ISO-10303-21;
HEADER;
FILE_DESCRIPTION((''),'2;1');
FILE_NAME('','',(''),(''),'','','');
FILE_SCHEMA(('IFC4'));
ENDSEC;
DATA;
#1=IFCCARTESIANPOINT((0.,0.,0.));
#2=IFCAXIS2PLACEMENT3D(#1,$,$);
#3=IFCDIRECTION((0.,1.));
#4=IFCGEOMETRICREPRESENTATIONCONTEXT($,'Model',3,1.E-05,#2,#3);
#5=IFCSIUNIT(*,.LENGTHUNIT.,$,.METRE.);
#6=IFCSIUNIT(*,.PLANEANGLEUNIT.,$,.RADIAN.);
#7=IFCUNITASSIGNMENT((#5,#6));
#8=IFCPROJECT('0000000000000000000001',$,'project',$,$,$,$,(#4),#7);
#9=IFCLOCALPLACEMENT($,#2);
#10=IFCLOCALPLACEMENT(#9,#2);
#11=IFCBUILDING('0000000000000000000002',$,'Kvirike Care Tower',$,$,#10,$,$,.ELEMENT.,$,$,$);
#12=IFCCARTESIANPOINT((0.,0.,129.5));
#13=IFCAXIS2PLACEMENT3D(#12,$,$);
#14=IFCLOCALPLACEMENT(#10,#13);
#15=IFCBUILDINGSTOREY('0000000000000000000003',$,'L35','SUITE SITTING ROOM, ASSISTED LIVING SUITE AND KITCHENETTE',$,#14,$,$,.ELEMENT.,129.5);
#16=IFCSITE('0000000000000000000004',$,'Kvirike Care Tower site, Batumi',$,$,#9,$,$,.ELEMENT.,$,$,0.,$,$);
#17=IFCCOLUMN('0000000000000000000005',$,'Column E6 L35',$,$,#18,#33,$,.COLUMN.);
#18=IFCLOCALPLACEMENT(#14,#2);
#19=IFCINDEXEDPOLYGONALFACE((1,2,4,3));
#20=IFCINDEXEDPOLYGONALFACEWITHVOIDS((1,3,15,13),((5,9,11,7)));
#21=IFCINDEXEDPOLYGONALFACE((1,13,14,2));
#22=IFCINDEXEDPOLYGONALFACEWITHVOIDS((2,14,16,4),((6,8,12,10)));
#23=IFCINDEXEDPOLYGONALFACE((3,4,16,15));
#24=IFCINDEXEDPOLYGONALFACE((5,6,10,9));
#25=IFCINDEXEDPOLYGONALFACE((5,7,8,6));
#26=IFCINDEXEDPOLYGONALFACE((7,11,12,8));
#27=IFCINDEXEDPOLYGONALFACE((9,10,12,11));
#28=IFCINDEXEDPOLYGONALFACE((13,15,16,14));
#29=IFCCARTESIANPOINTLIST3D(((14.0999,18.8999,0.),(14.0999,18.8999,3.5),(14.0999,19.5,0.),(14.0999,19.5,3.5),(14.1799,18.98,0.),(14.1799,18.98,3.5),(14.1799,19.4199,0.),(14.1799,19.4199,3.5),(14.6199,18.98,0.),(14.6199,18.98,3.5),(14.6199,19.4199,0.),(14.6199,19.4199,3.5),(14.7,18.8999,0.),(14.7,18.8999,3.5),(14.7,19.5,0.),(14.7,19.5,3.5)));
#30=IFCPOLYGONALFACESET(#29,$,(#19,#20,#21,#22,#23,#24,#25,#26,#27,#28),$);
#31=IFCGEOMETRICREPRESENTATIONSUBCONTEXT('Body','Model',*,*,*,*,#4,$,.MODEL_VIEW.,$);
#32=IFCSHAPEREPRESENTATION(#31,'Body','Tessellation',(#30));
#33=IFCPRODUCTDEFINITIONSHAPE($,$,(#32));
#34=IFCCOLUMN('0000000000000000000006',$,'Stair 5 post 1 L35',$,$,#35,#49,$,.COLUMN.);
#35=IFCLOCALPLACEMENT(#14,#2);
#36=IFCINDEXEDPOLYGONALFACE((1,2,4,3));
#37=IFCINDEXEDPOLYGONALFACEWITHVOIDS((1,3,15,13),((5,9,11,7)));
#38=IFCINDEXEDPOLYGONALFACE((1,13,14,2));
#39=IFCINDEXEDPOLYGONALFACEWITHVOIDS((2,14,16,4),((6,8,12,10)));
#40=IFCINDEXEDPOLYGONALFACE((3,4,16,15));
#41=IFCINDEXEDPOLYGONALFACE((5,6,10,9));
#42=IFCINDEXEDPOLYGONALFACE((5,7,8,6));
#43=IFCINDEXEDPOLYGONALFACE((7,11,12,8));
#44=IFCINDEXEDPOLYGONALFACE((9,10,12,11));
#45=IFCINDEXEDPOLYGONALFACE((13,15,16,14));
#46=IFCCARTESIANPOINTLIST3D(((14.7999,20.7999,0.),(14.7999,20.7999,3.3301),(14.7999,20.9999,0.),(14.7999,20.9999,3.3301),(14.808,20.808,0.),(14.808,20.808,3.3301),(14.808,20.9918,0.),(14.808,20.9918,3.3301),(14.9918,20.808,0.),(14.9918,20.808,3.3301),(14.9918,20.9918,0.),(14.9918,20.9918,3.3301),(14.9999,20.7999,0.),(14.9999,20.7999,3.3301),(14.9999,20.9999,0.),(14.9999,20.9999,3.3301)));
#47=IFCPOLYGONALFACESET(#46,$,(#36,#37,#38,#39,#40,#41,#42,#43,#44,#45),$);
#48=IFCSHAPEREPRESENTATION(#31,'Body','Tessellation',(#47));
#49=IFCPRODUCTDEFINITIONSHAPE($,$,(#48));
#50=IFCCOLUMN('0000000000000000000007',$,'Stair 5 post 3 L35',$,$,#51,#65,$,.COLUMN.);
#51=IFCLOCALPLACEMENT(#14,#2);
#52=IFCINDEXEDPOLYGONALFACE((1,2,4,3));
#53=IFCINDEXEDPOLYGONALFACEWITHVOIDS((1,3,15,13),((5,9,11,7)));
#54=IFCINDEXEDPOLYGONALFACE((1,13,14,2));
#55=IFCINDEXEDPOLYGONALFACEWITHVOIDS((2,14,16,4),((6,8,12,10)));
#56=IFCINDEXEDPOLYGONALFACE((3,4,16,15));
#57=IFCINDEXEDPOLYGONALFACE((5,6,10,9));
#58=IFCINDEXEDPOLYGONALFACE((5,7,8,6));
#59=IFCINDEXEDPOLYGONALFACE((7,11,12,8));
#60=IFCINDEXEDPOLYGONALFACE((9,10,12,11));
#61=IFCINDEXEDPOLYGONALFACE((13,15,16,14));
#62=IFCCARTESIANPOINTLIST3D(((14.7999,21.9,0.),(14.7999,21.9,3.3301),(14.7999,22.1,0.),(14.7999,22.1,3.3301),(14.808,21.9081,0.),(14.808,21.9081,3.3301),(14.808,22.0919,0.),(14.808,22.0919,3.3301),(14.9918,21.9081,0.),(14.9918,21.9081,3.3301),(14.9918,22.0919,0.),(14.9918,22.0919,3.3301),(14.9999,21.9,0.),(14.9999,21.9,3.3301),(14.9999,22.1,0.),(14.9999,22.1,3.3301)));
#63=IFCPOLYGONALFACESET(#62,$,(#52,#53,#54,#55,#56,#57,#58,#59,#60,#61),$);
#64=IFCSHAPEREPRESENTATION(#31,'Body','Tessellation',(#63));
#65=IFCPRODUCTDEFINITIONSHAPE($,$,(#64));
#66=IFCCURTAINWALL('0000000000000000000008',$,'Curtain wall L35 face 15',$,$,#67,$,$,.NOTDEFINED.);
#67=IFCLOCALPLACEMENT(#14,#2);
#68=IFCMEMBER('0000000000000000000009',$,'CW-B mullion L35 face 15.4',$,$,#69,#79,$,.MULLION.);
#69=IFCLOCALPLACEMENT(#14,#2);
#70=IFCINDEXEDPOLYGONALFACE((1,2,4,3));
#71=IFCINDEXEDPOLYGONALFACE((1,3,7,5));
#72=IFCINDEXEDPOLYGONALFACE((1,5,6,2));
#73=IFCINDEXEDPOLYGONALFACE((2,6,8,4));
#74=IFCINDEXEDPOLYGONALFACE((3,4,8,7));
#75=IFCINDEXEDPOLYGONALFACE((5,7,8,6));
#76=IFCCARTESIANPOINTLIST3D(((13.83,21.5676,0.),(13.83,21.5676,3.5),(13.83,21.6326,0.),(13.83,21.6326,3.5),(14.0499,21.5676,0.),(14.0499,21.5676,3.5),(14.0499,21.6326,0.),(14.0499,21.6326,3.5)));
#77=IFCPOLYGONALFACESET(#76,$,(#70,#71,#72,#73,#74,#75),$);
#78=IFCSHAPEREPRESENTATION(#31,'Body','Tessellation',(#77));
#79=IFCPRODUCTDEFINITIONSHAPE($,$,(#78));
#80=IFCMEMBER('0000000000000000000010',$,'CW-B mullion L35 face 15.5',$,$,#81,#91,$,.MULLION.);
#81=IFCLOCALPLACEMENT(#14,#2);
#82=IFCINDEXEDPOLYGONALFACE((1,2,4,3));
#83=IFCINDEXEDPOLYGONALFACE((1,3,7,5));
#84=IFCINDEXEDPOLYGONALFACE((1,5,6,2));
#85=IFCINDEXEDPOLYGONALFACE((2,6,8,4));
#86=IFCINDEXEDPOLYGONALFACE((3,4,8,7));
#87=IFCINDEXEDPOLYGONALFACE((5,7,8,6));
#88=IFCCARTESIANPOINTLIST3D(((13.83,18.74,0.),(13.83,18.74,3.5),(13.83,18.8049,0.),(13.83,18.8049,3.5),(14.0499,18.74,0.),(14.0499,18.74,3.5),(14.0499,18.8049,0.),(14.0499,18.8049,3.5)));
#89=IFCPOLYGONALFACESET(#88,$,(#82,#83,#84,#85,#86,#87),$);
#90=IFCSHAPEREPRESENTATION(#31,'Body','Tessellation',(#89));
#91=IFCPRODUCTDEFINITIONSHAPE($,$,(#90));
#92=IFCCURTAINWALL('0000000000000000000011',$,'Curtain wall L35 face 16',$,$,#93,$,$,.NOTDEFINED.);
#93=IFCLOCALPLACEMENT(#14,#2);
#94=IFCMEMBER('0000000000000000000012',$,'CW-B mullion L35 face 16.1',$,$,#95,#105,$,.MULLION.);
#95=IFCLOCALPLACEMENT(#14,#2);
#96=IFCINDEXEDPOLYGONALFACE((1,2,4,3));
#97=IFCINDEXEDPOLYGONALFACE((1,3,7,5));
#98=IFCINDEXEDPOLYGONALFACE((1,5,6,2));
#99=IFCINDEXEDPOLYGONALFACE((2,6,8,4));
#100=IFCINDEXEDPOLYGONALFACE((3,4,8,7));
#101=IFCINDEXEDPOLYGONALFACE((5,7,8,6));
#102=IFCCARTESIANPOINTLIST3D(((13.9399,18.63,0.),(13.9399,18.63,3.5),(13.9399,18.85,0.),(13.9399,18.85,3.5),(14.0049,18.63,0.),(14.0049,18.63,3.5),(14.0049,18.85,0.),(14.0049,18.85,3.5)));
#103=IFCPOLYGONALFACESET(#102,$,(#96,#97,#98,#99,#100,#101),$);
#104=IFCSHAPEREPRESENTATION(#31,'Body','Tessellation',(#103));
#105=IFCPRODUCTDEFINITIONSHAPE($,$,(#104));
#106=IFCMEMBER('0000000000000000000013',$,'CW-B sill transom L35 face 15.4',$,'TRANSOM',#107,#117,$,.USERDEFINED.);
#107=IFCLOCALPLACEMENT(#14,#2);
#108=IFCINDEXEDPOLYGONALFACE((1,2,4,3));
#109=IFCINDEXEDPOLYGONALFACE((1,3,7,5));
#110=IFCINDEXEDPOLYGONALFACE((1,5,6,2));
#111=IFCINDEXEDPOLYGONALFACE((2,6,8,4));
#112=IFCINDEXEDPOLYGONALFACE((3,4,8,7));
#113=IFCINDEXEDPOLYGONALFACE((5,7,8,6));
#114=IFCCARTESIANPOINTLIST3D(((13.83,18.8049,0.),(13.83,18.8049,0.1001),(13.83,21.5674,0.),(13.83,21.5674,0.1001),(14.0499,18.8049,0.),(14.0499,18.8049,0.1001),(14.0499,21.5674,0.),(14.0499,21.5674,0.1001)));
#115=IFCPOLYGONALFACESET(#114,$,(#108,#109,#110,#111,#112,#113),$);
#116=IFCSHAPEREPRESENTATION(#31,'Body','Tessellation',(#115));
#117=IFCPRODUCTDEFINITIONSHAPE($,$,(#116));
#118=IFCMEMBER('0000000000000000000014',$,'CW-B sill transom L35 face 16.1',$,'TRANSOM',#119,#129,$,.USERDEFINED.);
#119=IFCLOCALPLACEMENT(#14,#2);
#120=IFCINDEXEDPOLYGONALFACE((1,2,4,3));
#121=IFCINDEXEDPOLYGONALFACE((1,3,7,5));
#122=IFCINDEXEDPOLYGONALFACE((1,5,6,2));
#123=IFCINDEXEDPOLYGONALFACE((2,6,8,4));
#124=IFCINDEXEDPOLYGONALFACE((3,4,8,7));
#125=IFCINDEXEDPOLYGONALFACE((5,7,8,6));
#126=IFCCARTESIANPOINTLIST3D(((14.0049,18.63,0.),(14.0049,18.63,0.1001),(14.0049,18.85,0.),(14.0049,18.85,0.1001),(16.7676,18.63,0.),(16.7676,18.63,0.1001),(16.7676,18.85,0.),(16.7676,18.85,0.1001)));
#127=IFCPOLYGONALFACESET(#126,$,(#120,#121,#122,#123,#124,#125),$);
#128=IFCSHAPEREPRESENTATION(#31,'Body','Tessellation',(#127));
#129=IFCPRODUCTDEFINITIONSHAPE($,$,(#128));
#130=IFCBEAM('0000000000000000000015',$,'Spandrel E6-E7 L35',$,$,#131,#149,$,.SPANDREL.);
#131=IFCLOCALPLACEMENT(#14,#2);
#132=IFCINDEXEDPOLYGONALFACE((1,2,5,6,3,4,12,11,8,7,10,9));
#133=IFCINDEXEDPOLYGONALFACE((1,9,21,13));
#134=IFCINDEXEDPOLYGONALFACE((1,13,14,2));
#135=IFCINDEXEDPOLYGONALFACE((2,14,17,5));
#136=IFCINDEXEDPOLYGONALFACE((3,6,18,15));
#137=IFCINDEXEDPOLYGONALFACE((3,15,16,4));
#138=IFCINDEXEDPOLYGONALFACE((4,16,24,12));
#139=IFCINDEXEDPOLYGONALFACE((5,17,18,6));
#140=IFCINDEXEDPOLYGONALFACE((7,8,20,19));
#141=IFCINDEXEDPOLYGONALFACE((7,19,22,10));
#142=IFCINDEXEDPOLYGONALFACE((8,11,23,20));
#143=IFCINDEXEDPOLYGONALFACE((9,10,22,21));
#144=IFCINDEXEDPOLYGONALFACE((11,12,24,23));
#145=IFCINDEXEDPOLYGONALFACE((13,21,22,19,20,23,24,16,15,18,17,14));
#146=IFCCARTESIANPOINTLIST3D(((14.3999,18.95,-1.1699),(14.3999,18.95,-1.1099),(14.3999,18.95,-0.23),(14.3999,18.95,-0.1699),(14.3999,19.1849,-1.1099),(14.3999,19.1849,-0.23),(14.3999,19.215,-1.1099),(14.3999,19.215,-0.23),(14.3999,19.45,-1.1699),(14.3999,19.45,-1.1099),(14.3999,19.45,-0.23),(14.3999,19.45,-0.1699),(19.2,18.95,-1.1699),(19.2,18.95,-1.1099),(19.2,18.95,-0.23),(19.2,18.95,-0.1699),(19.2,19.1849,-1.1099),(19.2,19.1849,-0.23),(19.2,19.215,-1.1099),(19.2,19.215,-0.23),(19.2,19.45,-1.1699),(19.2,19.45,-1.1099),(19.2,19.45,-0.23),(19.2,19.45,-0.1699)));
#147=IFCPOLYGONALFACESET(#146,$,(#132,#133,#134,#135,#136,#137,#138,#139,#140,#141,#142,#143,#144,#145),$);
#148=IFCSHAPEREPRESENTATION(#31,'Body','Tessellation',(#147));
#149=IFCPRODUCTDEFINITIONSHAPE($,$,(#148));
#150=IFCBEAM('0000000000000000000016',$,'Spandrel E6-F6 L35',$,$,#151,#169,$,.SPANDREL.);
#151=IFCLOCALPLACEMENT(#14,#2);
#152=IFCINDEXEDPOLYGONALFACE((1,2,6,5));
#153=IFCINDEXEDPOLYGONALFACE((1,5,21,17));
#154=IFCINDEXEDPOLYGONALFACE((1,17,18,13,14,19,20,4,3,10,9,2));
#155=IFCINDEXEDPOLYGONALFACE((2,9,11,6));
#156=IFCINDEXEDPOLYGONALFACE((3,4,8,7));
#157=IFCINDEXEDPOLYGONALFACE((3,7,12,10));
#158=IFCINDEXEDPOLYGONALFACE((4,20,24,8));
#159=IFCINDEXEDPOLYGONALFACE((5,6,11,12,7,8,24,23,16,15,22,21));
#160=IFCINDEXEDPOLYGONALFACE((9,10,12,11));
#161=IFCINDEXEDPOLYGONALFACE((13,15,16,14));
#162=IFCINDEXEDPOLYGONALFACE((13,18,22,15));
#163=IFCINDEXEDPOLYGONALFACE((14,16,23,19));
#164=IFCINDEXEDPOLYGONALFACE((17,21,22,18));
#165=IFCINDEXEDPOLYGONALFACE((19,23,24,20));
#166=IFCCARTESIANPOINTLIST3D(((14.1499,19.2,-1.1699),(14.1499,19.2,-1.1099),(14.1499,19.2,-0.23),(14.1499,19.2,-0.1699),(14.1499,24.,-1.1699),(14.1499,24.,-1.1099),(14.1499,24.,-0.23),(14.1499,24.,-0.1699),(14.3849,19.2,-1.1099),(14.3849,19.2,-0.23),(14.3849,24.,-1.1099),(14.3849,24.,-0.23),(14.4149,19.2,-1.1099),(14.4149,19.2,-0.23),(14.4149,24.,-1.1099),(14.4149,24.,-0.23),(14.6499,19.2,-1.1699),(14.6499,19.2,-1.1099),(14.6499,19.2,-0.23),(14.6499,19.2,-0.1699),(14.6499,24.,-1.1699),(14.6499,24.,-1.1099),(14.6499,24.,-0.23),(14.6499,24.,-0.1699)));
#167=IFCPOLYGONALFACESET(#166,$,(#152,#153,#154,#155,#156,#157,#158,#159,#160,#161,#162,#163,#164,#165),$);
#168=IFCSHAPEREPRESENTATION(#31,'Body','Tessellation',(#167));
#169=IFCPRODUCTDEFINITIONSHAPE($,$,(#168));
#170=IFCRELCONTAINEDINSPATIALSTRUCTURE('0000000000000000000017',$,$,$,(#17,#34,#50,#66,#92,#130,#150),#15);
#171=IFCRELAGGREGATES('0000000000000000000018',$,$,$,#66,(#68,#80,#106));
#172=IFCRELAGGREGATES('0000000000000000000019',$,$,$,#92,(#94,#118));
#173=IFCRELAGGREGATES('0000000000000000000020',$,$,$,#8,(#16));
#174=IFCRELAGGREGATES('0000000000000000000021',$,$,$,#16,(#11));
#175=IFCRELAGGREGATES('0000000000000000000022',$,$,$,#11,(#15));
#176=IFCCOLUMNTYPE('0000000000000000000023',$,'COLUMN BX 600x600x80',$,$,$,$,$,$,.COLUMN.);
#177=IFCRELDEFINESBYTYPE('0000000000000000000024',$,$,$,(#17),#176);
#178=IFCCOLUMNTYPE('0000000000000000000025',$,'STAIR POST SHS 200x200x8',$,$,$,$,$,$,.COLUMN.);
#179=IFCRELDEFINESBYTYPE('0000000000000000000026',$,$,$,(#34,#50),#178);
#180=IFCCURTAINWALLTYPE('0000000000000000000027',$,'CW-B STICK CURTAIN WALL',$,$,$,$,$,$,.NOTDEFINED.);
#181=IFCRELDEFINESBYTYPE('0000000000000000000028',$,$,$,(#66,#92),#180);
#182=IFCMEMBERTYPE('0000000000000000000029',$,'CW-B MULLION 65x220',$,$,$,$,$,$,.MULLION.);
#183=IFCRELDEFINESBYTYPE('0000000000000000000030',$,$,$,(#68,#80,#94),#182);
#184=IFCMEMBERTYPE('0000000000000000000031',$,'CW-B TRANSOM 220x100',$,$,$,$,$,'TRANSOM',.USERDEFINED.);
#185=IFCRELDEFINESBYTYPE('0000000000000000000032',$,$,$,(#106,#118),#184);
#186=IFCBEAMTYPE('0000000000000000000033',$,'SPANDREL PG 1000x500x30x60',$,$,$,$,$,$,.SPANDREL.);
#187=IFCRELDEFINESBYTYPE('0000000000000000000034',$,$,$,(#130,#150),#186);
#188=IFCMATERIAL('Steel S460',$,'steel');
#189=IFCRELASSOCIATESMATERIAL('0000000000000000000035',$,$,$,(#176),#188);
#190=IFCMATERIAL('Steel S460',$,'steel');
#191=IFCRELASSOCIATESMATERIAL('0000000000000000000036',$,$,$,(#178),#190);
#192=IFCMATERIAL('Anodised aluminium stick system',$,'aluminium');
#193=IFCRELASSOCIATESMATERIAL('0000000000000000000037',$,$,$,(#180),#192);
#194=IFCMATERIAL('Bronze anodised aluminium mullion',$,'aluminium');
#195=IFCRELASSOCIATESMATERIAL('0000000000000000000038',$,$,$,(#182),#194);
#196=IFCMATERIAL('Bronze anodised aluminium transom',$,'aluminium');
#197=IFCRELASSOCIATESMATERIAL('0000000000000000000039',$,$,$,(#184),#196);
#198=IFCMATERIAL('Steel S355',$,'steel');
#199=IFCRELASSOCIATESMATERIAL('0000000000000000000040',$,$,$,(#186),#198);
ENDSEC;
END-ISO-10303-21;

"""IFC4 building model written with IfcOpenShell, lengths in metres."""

from ifc_helpers import new_model, si_unit, direction, frame, origin, origin_2d, place, context, subcontext, project, spatial, rectangle, hollow_rectangle, i_section, extrude, material, material_profile, profile_set, type_object, element, aggregate, save


model = new_model("IFC4")

# Units and contexts
model_context = context("Model", 3, precision=1e-05, world=origin(), true_north=direction((0.0, 1.0)))
body_context = subcontext(model_context, "Body", "Model", "MODEL_VIEW")
ifc_project = project(units=[si_unit("LENGTHUNIT", "METRE"), si_unit("PLANEANGLEUNIT", "RADIAN")], contexts=[model_context])

# Site, building, storey
site_placement = place(None, origin())
site = spatial("IfcSite", under=ifc_project, at=site_placement, Name="Kvirike Care Tower site, Batumi", CompositionType="ELEMENT", RefElevation=0.0)
building_placement = place(site_placement, origin())
building = spatial("IfcBuilding", under=site, at=building_placement, Name="Kvirike Care Tower", CompositionType="ELEMENT")
storey_placement = place(building_placement, frame((0.0, 0.0, 129.5)))
storey = spatial("IfcBuildingStorey", under=building, at=storey_placement, Name="L35", Description="SUITE SITTING ROOM, ASSISTED LIVING SUITE AND KITCHENETTE", CompositionType="ELEMENT", Elevation=129.5)

# Columns
ifc_material_1 = material(Name="Steel S460", Category="steel")
ifc_material_profile_1 = material_profile(ifc_material_1, hollow_rectangle(XDim=0.6001, YDim=0.6001, WallThickness=0.0801, at=origin_2d()), Name="BX 600x600x80")
ifc_profile_set_1 = profile_set([ifc_material_profile_1], Name="Steel S460")
column_type_1 = type_object("IfcColumnType", Name="COLUMN BX 600x600x80", PredefinedType="COLUMN", material=ifc_profile_set_1)
column_placement = place(storey_placement, frame((14.3999, 19.2, 0.0), z_axis=(0.0, 0.0, 1.0), x_axis=(0.0, 1.0, 0.0)))
element("IfcColumn", 1, at=column_placement, inside=storey, type_object=column_type_1, Name="Column E6 L35", PredefinedType="COLUMN", context=body_context, shape_type="SweptSolid", body=[
    extrude(hollow_rectangle(XDim=0.6001, YDim=0.6001, WallThickness=0.0801, at=origin_2d()), origin(), (0.0, 0.0, 1.0), 3.5),
])
ifc_material_2 = material(Name="Steel S460", Category="steel")
ifc_material_profile_2 = material_profile(ifc_material_2, hollow_rectangle(XDim=0.2, YDim=0.2, WallThickness=0.0081, at=origin_2d()), Name="SHS 200x200x8")
ifc_profile_set_2 = profile_set([ifc_material_profile_2], Name="Steel S460")
column_type_2 = type_object("IfcColumnType", Name="STAIR POST SHS 200x200x8", PredefinedType="COLUMN", material=ifc_profile_set_2)
for number, where, z_axis, x_axis, name in (
    (2, (14.8999, 20.8999, 0.0), (0.0, 0.0, 1.0), (1.0, 0.0, 0.0), "Stair 5 post 1 L35"),
    (3, (14.8999, 22.0, 0.0), (0.0, 0.0, 1.0), (1.0, 0.0, 0.0), "Stair 5 post 3 L35"),
):
    element("IfcColumn", number, at=place(storey_placement, frame(where, z_axis=z_axis, x_axis=x_axis)), inside=storey, type_object=column_type_2, Name=name, PredefinedType="COLUMN", context=body_context, shape_type="SweptSolid", body=[
        extrude(hollow_rectangle(XDim=0.2, YDim=0.2, WallThickness=0.0081, at=origin_2d()), origin(), (0.0, 0.0, 1.0), 3.3301),
    ])

# Curtain wall, members
ifc_material_3 = material(Name="Anodised aluminium stick system", Category="aluminium")
curtain_wall_type = type_object("IfcCurtainWallType", Name="CW-B STICK CURTAIN WALL", PredefinedType="NOTDEFINED", material=ifc_material_3)
curtain_wall_1_placement = place(storey_placement, origin())
curtain_wall_1 = element("IfcCurtainWall", 4, at=curtain_wall_1_placement, inside=storey, type_object=curtain_wall_type, Name="Curtain wall L35 face 15", PredefinedType="NOTDEFINED")
ifc_material_4 = material(Name="Bronze anodised aluminium mullion", Category="aluminium")
ifc_material_profile_3 = material_profile(ifc_material_4, rectangle(XDim=0.0649, YDim=0.22, at=origin_2d()), Name="CW-B MULLION 65x220")
ifc_profile_set_3 = profile_set([ifc_material_profile_3], Name="Bronze anodised aluminium mullion")
member_type_1 = type_object("IfcMemberType", Name="CW-B MULLION 65x220", PredefinedType="MULLION", material=ifc_profile_set_3)
member_1_placement = place(storey_placement, frame((13.9399, 21.6001, 0.0), z_axis=(0.0, 0.0, 1.0), x_axis=(0.0, -1.0, 0.0)))
member_1 = element("IfcMember", 5, at=member_1_placement, type_object=member_type_1, Name="CW-B mullion L35 face 15.4", PredefinedType="MULLION", context=body_context, shape_type="SweptSolid", body=[
    extrude(rectangle(XDim=0.0649, YDim=0.22, at=origin_2d()), origin(), (0.0, 0.0, 1.0), 3.5),
])
member_2_placement = place(storey_placement, frame((13.9399, 18.7725, 0.0), z_axis=(0.0, 0.0, 1.0), x_axis=(0.0, -1.0, 0.0)))
member_2 = element("IfcMember", 6, at=member_2_placement, type_object=member_type_1, Name="CW-B mullion L35 face 15.5", PredefinedType="MULLION", context=body_context, shape_type="SweptSolid", body=[
    extrude(rectangle(XDim=0.0649, YDim=0.22, at=origin_2d()), origin(), (0.0, 0.0, 1.0), 3.5),
])

# Curtain wall, member
curtain_wall_2_placement = place(storey_placement, origin())
curtain_wall_2 = element("IfcCurtainWall", 7, at=curtain_wall_2_placement, inside=storey, type_object=curtain_wall_type, Name="Curtain wall L35 face 16", PredefinedType="NOTDEFINED")
member_3_placement = place(storey_placement, frame((13.9724, 18.74, 0.0), z_axis=(0.0, 0.0, 1.0), x_axis=(1.0, 0.0, 0.0)))
member_3 = element("IfcMember", 8, at=member_3_placement, type_object=member_type_1, Name="CW-B mullion L35 face 16.1", PredefinedType="MULLION", context=body_context, shape_type="SweptSolid", body=[
    extrude(rectangle(XDim=0.0649, YDim=0.22, at=origin_2d()), origin(), (0.0, 0.0, 1.0), 3.5),
])

# Members
ifc_material_5 = material(Name="Bronze anodised aluminium transom", Category="aluminium")
ifc_material_profile_4 = material_profile(ifc_material_5, rectangle(XDim=0.22, YDim=0.1001, at=origin_2d()), Name="CW-B TRANSOM 220x100")
ifc_profile_set_4 = profile_set([ifc_material_profile_4], Name="Bronze anodised aluminium transom")
member_type_2 = type_object("IfcMemberType", Name="CW-B TRANSOM 220x100", ElementType="TRANSOM", PredefinedType="USERDEFINED", material=ifc_profile_set_4)
member_4_placement = place(storey_placement, frame((13.9399, 21.5674, 0.05), z_axis=(0.0, -1.0, 0.0), x_axis=(1.0, 0.0, 0.0)))
member_4 = element("IfcMember", 9, at=member_4_placement, type_object=member_type_2, Name="CW-B sill transom L35 face 15.4", ObjectType="TRANSOM", PredefinedType="USERDEFINED", context=body_context, shape_type="SweptSolid", body=[
    extrude(rectangle(XDim=0.22, YDim=0.1001, at=origin_2d()), origin(), (0.0, 0.0, 1.0), 2.7625),
])
member_5_placement = place(storey_placement, frame((14.0049, 18.74, 0.05), z_axis=(1.0, 0.0, 0.0), x_axis=(0.0, 1.0, 0.0)))
member_5 = element("IfcMember", 10, at=member_5_placement, type_object=member_type_2, Name="CW-B sill transom L35 face 16.1", ObjectType="TRANSOM", PredefinedType="USERDEFINED", context=body_context, shape_type="SweptSolid", body=[
    extrude(rectangle(XDim=0.22, YDim=0.1001, at=origin_2d()), origin(), (0.0, 0.0, 1.0), 2.7627),
])

# Beams
ifc_material_6 = material(Name="Steel S355", Category="steel")
ifc_material_profile_5 = material_profile(ifc_material_6, i_section(OverallWidth=0.5, OverallDepth=1.0, WebThickness=0.03, FlangeThickness=0.0601, at=origin_2d()), Name="PG 1000x500x30x60")
ifc_profile_set_5 = profile_set([ifc_material_profile_5], Name="Steel S355")
beam_type_1 = type_object("IfcBeamType", Name="SPANDREL PG 1000x500x30x60", PredefinedType="SPANDREL", material=ifc_profile_set_5)
for number, where, z_axis, x_axis, name in (
    (11, (14.3999, 19.2, -0.6699), (1.0, 0.0, 0.0), (0.0, 1.0, 0.0), "Spandrel E6-E7 L35"),
    (12, (14.3999, 19.2, -0.6699), (0.0, 1.0, 0.0), (-1.0, 0.0, 0.0), "Spandrel E6-F6 L35"),
):
    element("IfcBeam", number, at=place(storey_placement, frame(where, z_axis=z_axis, x_axis=x_axis)), inside=storey, type_object=beam_type_1, Name=name, PredefinedType="SPANDREL", context=body_context, shape_type="SweptSolid", body=[
        extrude(i_section(OverallWidth=0.5, OverallDepth=1.0, WebThickness=0.03, FlangeThickness=0.0601, at=origin_2d()), origin(), (0.0, 0.0, 1.0), 4.8),
    ])

aggregate(curtain_wall_1, [member_1, member_2, member_4])
aggregate(curtain_wall_2, [member_3, member_5])

save(model, "model.ifc")
